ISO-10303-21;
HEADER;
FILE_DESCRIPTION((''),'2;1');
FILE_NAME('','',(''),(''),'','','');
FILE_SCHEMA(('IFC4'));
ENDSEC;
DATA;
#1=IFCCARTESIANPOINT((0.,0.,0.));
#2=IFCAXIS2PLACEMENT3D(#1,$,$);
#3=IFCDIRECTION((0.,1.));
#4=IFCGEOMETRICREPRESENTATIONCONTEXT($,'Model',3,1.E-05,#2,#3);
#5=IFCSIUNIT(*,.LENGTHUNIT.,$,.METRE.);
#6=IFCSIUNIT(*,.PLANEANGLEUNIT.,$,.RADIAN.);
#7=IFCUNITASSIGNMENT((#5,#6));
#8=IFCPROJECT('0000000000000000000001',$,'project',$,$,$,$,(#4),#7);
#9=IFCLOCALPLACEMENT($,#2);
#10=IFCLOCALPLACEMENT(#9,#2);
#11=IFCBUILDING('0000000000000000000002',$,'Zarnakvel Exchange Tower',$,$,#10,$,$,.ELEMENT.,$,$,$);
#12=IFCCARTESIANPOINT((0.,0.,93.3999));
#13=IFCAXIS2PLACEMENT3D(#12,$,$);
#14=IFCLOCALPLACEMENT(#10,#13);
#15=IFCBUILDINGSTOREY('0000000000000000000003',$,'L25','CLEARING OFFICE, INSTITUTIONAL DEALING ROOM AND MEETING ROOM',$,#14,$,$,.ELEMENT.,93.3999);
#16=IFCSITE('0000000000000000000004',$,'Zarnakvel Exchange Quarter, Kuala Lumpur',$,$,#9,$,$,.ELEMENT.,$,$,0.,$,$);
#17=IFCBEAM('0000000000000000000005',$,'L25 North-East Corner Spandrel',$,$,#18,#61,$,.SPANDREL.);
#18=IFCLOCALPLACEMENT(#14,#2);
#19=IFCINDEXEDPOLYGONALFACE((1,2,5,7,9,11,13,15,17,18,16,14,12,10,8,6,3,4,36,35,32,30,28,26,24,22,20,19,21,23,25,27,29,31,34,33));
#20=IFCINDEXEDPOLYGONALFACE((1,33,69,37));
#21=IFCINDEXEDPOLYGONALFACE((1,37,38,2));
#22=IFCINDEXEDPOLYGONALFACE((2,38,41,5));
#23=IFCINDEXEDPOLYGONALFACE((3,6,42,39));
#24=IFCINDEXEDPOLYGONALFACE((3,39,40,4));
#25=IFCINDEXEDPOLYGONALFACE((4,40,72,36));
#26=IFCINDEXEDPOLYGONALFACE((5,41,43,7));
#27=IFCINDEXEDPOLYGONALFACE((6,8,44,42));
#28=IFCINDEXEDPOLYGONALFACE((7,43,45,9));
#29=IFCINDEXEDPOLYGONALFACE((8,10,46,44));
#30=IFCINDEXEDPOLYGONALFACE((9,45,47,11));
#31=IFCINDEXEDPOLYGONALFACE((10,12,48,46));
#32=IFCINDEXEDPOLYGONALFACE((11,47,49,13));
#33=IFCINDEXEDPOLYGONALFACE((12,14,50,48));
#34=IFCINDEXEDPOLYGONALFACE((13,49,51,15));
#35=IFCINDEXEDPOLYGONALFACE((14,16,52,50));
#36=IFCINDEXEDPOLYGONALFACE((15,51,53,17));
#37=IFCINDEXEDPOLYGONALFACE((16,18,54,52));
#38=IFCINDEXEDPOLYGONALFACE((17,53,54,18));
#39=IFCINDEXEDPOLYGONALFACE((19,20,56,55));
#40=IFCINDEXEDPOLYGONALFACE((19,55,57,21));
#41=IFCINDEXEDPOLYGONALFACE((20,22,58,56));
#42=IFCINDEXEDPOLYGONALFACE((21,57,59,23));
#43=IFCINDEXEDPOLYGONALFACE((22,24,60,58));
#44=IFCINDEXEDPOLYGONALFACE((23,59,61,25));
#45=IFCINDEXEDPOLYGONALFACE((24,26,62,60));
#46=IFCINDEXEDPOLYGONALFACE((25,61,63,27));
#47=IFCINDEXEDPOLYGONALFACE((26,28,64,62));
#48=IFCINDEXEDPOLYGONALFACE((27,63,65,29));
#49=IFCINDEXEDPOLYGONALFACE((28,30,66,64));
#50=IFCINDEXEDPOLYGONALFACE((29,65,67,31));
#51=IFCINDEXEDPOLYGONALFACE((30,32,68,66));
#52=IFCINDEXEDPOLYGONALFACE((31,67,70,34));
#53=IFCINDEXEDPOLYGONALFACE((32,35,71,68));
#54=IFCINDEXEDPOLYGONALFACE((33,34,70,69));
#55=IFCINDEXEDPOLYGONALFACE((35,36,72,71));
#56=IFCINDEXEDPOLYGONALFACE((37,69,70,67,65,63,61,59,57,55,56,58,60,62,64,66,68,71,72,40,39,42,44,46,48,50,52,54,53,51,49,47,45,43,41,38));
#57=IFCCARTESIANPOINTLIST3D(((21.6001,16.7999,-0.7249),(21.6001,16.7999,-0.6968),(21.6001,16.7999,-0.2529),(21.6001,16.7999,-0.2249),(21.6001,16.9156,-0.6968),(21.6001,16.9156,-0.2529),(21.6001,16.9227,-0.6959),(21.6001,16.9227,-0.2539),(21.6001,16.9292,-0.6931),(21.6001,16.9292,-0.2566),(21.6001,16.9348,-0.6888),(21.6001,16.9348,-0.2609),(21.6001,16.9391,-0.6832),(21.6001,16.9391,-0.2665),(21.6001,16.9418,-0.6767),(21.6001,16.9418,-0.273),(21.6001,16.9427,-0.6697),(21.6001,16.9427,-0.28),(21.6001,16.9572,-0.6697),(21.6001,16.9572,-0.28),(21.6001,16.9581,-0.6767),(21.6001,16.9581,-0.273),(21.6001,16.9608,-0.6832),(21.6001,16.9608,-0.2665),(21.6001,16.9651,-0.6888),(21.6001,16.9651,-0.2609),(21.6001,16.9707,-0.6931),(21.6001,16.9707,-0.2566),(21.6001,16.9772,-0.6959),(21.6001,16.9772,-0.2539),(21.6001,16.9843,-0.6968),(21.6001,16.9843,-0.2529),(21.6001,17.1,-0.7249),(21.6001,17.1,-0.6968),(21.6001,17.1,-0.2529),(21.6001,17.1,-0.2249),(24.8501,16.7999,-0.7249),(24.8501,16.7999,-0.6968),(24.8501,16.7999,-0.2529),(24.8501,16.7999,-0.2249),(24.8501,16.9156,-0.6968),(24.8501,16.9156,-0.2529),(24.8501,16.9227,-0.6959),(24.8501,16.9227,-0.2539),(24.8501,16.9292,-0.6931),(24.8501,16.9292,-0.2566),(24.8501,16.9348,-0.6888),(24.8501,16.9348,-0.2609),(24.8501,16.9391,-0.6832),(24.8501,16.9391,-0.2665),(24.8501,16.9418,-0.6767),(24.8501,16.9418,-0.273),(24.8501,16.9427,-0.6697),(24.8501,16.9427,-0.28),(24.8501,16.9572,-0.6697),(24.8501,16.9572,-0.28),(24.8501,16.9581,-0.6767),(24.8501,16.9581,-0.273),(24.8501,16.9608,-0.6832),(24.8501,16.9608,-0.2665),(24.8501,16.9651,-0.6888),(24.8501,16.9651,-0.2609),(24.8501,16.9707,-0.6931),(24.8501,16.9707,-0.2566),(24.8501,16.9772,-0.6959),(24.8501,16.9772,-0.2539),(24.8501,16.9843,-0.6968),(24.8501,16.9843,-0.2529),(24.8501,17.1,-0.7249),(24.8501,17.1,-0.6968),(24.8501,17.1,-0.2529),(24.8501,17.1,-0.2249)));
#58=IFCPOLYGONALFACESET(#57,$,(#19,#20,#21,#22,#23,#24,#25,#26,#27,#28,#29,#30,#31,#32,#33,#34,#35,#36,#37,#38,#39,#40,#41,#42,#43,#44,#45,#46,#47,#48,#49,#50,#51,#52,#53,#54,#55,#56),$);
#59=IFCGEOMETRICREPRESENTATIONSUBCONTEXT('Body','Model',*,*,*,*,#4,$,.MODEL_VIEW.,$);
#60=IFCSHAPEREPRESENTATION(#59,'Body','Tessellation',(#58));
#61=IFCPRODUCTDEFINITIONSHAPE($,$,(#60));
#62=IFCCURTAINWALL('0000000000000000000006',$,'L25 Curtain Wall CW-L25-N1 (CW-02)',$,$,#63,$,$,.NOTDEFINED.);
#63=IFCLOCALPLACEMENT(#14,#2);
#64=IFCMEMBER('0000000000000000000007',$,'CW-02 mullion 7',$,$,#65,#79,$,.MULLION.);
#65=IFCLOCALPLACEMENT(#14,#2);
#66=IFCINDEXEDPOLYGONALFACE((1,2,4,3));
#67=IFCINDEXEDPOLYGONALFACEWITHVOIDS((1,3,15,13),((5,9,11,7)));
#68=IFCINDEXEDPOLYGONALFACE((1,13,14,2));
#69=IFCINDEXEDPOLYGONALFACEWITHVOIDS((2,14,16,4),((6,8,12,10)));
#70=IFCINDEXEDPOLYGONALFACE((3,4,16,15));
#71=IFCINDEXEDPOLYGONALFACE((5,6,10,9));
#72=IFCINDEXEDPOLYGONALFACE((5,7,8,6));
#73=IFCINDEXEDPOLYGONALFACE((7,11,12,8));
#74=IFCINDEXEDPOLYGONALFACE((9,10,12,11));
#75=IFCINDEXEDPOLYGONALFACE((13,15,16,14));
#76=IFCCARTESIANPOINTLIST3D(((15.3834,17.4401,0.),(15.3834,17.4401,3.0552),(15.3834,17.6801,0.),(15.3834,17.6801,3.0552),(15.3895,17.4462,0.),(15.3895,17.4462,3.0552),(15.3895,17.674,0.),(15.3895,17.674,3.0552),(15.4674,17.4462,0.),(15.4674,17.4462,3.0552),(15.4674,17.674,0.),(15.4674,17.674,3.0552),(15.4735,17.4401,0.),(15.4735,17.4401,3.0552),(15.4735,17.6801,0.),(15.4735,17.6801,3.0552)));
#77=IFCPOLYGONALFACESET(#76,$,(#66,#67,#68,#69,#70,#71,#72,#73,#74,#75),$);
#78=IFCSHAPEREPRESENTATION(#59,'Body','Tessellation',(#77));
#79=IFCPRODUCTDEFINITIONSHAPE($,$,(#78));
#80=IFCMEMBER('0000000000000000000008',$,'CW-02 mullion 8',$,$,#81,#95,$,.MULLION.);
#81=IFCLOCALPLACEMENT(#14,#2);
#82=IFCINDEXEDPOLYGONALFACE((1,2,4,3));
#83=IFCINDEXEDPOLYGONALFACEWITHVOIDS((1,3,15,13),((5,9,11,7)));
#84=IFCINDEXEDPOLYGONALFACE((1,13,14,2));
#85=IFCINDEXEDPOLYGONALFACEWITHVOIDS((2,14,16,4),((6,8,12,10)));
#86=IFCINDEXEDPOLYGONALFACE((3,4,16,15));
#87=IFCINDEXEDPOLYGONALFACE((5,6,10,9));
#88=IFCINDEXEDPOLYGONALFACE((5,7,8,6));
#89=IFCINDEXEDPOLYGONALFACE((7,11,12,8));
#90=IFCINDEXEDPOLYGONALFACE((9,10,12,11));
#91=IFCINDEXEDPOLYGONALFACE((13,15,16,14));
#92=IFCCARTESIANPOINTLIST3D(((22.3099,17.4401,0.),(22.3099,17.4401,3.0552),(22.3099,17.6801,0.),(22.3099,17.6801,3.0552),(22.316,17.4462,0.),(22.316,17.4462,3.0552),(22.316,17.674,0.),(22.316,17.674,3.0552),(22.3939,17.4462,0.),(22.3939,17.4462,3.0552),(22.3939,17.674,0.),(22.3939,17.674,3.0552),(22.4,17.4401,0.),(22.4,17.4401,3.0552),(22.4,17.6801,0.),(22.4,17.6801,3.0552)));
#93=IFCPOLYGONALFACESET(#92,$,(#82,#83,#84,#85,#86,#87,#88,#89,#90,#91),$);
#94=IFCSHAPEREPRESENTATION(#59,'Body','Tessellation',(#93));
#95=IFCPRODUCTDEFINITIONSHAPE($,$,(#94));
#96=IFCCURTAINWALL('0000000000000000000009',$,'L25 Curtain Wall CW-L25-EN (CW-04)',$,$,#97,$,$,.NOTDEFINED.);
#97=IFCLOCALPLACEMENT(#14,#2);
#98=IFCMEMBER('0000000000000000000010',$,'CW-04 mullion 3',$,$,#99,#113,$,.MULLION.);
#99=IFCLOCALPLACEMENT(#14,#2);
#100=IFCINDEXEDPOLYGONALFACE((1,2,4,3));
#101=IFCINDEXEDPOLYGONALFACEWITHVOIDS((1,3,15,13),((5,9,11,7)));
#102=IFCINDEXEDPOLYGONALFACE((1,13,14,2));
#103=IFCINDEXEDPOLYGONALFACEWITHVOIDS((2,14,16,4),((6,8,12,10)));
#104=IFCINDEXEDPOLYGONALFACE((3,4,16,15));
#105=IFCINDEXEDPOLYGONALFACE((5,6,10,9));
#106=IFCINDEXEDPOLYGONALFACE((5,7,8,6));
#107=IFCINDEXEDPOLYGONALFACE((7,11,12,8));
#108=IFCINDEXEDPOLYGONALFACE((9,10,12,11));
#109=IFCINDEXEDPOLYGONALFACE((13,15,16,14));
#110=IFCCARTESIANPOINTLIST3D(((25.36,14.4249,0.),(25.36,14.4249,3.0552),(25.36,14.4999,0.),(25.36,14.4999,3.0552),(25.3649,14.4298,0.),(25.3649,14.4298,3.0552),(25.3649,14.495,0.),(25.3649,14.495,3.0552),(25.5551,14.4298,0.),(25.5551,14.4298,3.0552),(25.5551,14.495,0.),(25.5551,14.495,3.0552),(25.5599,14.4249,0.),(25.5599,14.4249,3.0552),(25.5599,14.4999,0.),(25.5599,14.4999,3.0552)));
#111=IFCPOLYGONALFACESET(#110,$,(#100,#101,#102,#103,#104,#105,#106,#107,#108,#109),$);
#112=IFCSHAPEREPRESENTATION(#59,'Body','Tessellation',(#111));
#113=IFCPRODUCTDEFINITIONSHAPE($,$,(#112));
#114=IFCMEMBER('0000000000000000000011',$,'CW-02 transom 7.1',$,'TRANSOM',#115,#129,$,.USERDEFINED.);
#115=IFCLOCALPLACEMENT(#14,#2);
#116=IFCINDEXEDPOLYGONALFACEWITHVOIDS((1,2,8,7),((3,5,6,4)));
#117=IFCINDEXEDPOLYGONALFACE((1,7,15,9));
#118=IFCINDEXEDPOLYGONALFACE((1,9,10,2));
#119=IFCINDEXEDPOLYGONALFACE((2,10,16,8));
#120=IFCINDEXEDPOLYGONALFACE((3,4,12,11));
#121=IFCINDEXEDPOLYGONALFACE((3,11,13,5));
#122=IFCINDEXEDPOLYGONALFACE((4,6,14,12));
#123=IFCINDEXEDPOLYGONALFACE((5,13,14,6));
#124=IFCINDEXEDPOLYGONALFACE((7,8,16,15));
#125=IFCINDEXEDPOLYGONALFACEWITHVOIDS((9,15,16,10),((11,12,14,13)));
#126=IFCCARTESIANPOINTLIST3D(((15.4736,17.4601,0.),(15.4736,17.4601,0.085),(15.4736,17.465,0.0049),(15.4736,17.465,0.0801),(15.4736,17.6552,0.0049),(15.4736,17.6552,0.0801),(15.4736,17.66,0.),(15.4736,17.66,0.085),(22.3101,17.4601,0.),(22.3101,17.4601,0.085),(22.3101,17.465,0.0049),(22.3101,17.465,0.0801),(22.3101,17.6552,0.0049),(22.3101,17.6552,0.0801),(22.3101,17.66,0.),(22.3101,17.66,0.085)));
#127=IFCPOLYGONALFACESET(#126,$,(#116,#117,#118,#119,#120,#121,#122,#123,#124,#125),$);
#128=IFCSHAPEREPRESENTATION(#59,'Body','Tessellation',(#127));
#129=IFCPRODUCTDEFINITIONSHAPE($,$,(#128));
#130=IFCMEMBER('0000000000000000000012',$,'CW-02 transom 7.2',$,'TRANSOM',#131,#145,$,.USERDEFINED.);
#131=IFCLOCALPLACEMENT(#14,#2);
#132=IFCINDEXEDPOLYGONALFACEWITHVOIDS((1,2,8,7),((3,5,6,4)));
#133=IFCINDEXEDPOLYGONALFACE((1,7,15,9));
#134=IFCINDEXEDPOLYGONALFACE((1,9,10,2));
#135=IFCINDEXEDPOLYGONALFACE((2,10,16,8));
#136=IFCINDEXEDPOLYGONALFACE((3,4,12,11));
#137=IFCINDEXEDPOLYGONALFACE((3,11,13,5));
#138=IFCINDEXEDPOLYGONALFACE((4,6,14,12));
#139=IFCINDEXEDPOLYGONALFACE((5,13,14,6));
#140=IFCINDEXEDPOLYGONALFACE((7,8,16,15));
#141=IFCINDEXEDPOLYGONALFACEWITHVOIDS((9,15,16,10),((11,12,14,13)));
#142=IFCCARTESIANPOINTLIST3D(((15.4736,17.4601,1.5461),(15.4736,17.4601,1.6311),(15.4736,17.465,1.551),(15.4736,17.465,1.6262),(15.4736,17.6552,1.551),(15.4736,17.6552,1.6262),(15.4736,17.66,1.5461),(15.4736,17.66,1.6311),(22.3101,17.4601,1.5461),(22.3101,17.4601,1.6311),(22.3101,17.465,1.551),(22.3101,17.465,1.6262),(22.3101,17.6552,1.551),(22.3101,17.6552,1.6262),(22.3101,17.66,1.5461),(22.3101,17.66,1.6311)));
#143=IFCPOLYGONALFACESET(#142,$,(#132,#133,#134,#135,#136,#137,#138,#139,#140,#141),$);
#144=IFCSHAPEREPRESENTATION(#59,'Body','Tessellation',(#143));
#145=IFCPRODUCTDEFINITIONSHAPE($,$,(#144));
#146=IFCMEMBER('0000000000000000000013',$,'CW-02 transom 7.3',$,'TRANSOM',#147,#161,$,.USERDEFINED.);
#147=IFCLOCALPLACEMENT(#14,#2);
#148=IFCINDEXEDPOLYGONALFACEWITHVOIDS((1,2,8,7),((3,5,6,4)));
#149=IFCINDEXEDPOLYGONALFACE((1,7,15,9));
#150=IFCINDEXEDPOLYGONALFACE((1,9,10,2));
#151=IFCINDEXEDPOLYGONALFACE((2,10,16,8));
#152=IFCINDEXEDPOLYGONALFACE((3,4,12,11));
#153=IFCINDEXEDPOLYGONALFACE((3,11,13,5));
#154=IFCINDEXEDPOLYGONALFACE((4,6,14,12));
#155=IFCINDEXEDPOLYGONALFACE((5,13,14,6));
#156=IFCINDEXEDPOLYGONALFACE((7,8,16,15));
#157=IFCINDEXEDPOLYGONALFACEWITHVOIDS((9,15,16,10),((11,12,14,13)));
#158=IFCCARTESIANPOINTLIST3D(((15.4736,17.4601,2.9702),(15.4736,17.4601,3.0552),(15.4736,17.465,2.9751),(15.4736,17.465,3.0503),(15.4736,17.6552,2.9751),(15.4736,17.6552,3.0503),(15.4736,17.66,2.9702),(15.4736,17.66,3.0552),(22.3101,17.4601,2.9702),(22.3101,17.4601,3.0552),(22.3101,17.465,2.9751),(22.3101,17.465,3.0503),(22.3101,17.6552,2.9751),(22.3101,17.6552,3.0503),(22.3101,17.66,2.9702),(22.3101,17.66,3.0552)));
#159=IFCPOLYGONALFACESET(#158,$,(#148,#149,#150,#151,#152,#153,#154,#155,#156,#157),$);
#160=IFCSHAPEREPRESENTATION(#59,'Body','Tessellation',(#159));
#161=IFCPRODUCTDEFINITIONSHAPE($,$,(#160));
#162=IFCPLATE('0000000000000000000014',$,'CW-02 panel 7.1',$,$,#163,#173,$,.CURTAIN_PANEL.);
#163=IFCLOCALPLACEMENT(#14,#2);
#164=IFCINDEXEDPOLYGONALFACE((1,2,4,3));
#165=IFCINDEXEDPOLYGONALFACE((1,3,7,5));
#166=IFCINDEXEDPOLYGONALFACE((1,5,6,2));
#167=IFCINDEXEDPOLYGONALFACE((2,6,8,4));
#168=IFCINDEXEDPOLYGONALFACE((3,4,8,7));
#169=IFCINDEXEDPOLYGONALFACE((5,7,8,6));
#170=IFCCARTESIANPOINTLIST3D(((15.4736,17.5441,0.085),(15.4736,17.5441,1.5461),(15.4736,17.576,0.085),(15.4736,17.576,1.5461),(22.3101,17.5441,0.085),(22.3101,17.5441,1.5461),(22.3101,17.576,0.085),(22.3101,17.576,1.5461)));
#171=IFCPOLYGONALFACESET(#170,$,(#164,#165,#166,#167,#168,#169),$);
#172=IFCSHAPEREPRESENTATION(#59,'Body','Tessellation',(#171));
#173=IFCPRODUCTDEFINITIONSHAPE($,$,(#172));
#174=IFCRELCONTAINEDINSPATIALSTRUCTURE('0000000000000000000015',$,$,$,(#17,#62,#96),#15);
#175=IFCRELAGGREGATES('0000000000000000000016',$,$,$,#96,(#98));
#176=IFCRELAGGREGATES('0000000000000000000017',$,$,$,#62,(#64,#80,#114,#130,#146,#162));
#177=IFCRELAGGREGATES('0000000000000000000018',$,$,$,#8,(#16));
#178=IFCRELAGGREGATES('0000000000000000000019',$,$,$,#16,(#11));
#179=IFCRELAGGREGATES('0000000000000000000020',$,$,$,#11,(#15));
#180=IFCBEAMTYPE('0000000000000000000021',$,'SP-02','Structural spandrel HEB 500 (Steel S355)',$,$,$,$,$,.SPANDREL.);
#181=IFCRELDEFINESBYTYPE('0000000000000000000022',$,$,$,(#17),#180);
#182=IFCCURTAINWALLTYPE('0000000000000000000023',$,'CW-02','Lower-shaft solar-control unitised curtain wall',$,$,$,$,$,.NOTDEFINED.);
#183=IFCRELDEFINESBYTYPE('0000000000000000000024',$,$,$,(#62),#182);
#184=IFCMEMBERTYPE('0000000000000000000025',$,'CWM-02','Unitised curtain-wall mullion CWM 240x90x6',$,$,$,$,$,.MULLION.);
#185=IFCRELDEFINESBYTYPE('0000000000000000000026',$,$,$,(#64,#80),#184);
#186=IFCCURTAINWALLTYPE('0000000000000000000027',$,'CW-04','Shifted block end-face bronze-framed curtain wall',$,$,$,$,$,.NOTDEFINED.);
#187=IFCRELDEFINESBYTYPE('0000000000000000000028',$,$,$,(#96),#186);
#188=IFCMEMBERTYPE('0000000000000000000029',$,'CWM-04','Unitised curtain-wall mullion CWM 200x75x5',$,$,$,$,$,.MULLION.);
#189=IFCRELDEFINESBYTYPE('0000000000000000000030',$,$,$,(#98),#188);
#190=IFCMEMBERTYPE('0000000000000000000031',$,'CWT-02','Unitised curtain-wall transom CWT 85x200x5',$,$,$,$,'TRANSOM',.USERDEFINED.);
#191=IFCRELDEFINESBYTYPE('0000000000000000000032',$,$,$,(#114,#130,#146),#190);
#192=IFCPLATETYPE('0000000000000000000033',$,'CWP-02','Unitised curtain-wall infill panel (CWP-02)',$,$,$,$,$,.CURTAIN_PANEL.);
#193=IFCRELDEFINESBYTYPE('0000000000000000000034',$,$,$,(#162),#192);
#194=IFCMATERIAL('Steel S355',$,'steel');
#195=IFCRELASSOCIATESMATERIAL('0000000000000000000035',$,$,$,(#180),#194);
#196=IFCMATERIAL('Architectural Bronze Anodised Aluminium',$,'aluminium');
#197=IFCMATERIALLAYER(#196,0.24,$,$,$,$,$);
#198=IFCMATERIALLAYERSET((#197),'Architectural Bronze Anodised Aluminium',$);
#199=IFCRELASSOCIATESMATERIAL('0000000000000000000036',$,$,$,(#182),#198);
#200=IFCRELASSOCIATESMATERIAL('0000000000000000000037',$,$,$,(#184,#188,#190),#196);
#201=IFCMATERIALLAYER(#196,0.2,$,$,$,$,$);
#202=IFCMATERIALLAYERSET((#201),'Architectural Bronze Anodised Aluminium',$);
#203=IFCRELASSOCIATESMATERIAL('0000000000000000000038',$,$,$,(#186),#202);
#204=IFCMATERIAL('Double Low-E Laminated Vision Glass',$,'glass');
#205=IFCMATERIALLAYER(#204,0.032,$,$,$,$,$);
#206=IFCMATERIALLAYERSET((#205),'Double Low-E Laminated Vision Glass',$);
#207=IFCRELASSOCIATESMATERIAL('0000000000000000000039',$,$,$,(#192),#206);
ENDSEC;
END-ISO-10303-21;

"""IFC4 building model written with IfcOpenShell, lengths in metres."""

from ifc_helpers import new_model, si_unit, direction, frame, origin, origin_2d, place, context, subcontext, project, spatial, rectangle, hollow_rectangle, i_section, extrude, source, transform, mapped, material, layer, layer_set, material_profile, profile_set, type_object, element, aggregate, save


model = new_model("IFC4")

# Units and contexts
model_context = context("Model", 3, precision=1e-05, world=origin(), true_north=direction((0.0, 1.0)))
body_context = subcontext(model_context, "Body", "Model", "MODEL_VIEW")
ifc_project = project(units=[si_unit("LENGTHUNIT", "METRE"), si_unit("PLANEANGLEUNIT", "RADIAN")], contexts=[model_context])

# Site, building, storey
site_placement = place(None, origin())
site = spatial("IfcSite", under=ifc_project, at=site_placement, Name="Zarnakvel Exchange Quarter, Kuala Lumpur", CompositionType="ELEMENT", RefElevation=0.0)
building_placement = place(site_placement, origin())
building = spatial("IfcBuilding", under=site, at=building_placement, Name="Zarnakvel Exchange Tower", CompositionType="ELEMENT")
storey_placement = place(building_placement, frame((0.0, 0.0, 93.3999)))
storey = spatial("IfcBuildingStorey", under=building, at=storey_placement, Name="L25", Description="CLEARING OFFICE, INSTITUTIONAL DEALING ROOM AND MEETING ROOM", CompositionType="ELEMENT", Elevation=93.3999)

# Shared definitions
ifc_material_1 = material(Name="Steel S355", Category="steel")

# Beam
ifc_material_profile_1 = material_profile(ifc_material_1, i_section(OverallWidth=0.3, OverallDepth=0.5, WebThickness=0.0144, FlangeThickness=0.0281, FilletRadius=0.0271, at=origin_2d()))
ifc_profile_set_1 = profile_set([ifc_material_profile_1], Name="Steel S355")
beam_type_1 = type_object("IfcBeamType", Name="SP-02", Description="Structural spandrel HEB 500 (Steel S355)", PredefinedType="SPANDREL", material=ifc_profile_set_1)
beam_1_placement = place(storey_placement, frame((21.6001, 16.95, -0.4749), z_axis=(1.0, 0.0, 0.0), x_axis=(0.0, 1.0, 0.0)))
element("IfcBeam", 1, at=beam_1_placement, inside=storey, type_object=beam_type_1, Name="L25 North-East Corner Spandrel", PredefinedType="SPANDREL", context=body_context, shape_type="SweptSolid", body=[
    extrude(i_section(OverallWidth=0.3, OverallDepth=0.5, WebThickness=0.0144, FlangeThickness=0.0281, FilletRadius=0.0271, at=origin_2d()), origin(), (0.0, 0.0, 1.0), 3.25),
])

# Curtain wall, members
ifc_material_2 = material(Name="Architectural Bronze Anodised Aluminium", Category="aluminium")
ifc_layer_1 = layer(ifc_material_2, 0.24)
ifc_layer_set_1 = layer_set([ifc_layer_1], Name="Architectural Bronze Anodised Aluminium")
curtain_wall_type_1 = type_object("IfcCurtainWallType", Name="CW-02", Description="Lower-shaft solar-control unitised curtain wall", PredefinedType="NOTDEFINED", material=ifc_layer_set_1)
curtain_wall_1_placement = place(storey_placement, origin())
curtain_wall_1 = element("IfcCurtainWall", 2, at=curtain_wall_1_placement, inside=storey, type_object=curtain_wall_type_1, Name="L25 Curtain Wall CW-L25-N1 (CW-02)", PredefinedType="NOTDEFINED")
ifc_material_profile_2 = material_profile(ifc_material_2, hollow_rectangle(XDim=0.24, YDim=0.0901, WallThickness=0.0061, at=origin_2d()))
ifc_profile_set_2 = profile_set([ifc_material_profile_2], Name="Architectural Bronze Anodised Aluminium")
member_type_1 = type_object("IfcMemberType", Name="CWM-02", Description="Unitised curtain-wall mullion CWM 240x90x6", PredefinedType="MULLION", material=ifc_profile_set_2)
shared_shape_1 = source(origin(), body_context, "Body", "SweptSolid", [
    extrude(hollow_rectangle(XDim=0.24, YDim=0.0901, WallThickness=0.0061, at=origin_2d()), origin(), (0.0, 0.0, 1.0), 3.0552),
])
member_1_placement = place(storey_placement, frame((15.4285, 17.5601, 0.0), z_axis=(0.0, 0.0, 1.0), x_axis=(0.0, 1.0, 0.0)))
member_1 = element("IfcMember", 3, at=member_1_placement, type_object=member_type_1, Name="CW-02 mullion 7", PredefinedType="MULLION", context=body_context, shape_type="MappedRepresentation", body=[
    mapped(shared_shape_1, transform((0.0, 0.0, 0.0), x_axis=(1.0, 0.0, 0.0), y_axis=(0.0, 1.0, 0.0), z_axis=(0.0, 0.0, 1.0), scale=1.0)),
])
member_2_placement = place(storey_placement, frame((22.355, 17.5601, 0.0), z_axis=(0.0, 0.0, 1.0), x_axis=(0.0, 1.0, 0.0)))
member_2 = element("IfcMember", 4, at=member_2_placement, type_object=member_type_1, Name="CW-02 mullion 8", PredefinedType="MULLION", context=body_context, shape_type="MappedRepresentation", body=[
    mapped(shared_shape_1, transform((0.0, 0.0, 0.0), x_axis=(1.0, 0.0, 0.0), y_axis=(0.0, 1.0, 0.0), z_axis=(0.0, 0.0, 1.0), scale=1.0)),
])

# Curtain wall, member
ifc_layer_2 = layer(ifc_material_2, 0.2)
ifc_layer_set_2 = layer_set([ifc_layer_2], Name="Architectural Bronze Anodised Aluminium")
curtain_wall_type_2 = type_object("IfcCurtainWallType", Name="CW-04", Description="Shifted block end-face bronze-framed curtain wall", PredefinedType="NOTDEFINED", material=ifc_layer_set_2)
curtain_wall_2_placement = place(storey_placement, origin())
curtain_wall_2 = element("IfcCurtainWall", 5, at=curtain_wall_2_placement, inside=storey, type_object=curtain_wall_type_2, Name="L25 Curtain Wall CW-L25-EN (CW-04)", PredefinedType="NOTDEFINED")
ifc_material_profile_3 = material_profile(ifc_material_2, hollow_rectangle(XDim=0.2, YDim=0.075, WallThickness=0.0049, at=origin_2d()))
ifc_profile_set_3 = profile_set([ifc_material_profile_3], Name="Architectural Bronze Anodised Aluminium")
member_type_2 = type_object("IfcMemberType", Name="CWM-04", Description="Unitised curtain-wall mullion CWM 200x75x5", PredefinedType="MULLION", material=ifc_profile_set_3)
shared_shape_2 = source(origin(), body_context, "Body", "SweptSolid", [
    extrude(hollow_rectangle(XDim=0.2, YDim=0.075, WallThickness=0.0049, at=origin_2d()), origin(), (0.0, 0.0, 1.0), 3.0552),
])
member_3_placement = place(storey_placement, frame((25.46, 14.4624, 0.0), z_axis=(0.0, 0.0, 1.0), x_axis=(-1.0, 0.0, 0.0)))
member_3 = element("IfcMember", 6, at=member_3_placement, type_object=member_type_2, Name="CW-04 mullion 3", PredefinedType="MULLION", context=body_context, shape_type="MappedRepresentation", body=[
    mapped(shared_shape_2, transform((0.0, 0.0, 0.0), x_axis=(1.0, 0.0, 0.0), y_axis=(0.0, 1.0, 0.0), z_axis=(0.0, 0.0, 1.0), scale=1.0)),
])
aggregate(curtain_wall_2, [member_3])

# Members
ifc_material_profile_4 = material_profile(ifc_material_2, hollow_rectangle(XDim=0.2, YDim=0.085, WallThickness=0.0049, at=origin_2d()))
ifc_profile_set_4 = profile_set([ifc_material_profile_4], Name="Architectural Bronze Anodised Aluminium")
member_type_3 = type_object("IfcMemberType", Name="CWT-02", Description="Unitised curtain-wall transom CWT 85x200x5", ElementType="TRANSOM", PredefinedType="USERDEFINED", material=ifc_profile_set_4)
shared_shape_3 = source(origin(), body_context, "Body", "SweptSolid", [
    extrude(hollow_rectangle(XDim=0.2, YDim=0.085, WallThickness=0.0049, at=origin_2d()), origin(), (0.0, 0.0, 1.0), 6.8364),
])
member_4_placement = place(storey_placement, frame((15.4736, 17.5601, 0.0425), z_axis=(1.0, 0.0, 0.0), x_axis=(0.0, 1.0, 0.0)))
member_4 = element("IfcMember", 7, at=member_4_placement, type_object=member_type_3, Name="CW-02 transom 7.1", ObjectType="TRANSOM", PredefinedType="USERDEFINED", context=body_context, shape_type="MappedRepresentation", body=[
    mapped(shared_shape_3, transform((0.0, 0.0, 0.0), x_axis=(1.0, 0.0, 0.0), y_axis=(0.0, 1.0, 0.0), z_axis=(0.0, 0.0, 1.0), scale=1.0)),
])
member_5_placement = place(storey_placement, frame((15.4736, 17.5601, 1.5886), z_axis=(1.0, 0.0, 0.0), x_axis=(0.0, 1.0, 0.0)))
member_5 = element("IfcMember", 8, at=member_5_placement, type_object=member_type_3, Name="CW-02 transom 7.2", ObjectType="TRANSOM", PredefinedType="USERDEFINED", context=body_context, shape_type="MappedRepresentation", body=[
    mapped(shared_shape_3, transform((0.0, 0.0, 0.0), x_axis=(1.0, 0.0, 0.0), y_axis=(0.0, 1.0, 0.0), z_axis=(0.0, 0.0, 1.0), scale=1.0)),
])
member_6_placement = place(storey_placement, frame((15.4736, 17.5601, 3.0127), z_axis=(1.0, 0.0, 0.0), x_axis=(0.0, 1.0, 0.0)))
member_6 = element("IfcMember", 9, at=member_6_placement, type_object=member_type_3, Name="CW-02 transom 7.3", ObjectType="TRANSOM", PredefinedType="USERDEFINED", context=body_context, shape_type="MappedRepresentation", body=[
    mapped(shared_shape_3, transform((0.0, 0.0, 0.0), x_axis=(1.0, 0.0, 0.0), y_axis=(0.0, 1.0, 0.0), z_axis=(0.0, 0.0, 1.0), scale=1.0)),
])

# Plate
ifc_material_3 = material(Name="Double Low-E Laminated Vision Glass", Category="glass")
ifc_layer_3 = layer(ifc_material_3, 0.032)
ifc_layer_set_3 = layer_set([ifc_layer_3], Name="Double Low-E Laminated Vision Glass")
plate_type = type_object("IfcPlateType", Name="CWP-02", Description="Unitised curtain-wall infill panel (CWP-02)", PredefinedType="CURTAIN_PANEL", material=ifc_layer_set_3)
shared_shape_4 = source(origin(), body_context, "Body", "SweptSolid", [
    extrude(rectangle(XDim=6.8364, YDim=0.032, at=origin_2d()), origin(), (0.0, 0.0, 1.0), 1.4612),
])
plate_1_placement = place(storey_placement, frame((18.8918, 17.5601, 0.085), z_axis=(0.0, 0.0, 1.0), x_axis=(1.0, 0.0, 0.0)))
plate_1 = element("IfcPlate", 10, at=plate_1_placement, type_object=plate_type, Name="CW-02 panel 7.1", PredefinedType="CURTAIN_PANEL", context=body_context, shape_type="MappedRepresentation", body=[
    mapped(shared_shape_4, transform((0.0, 0.0, 0.0), x_axis=(1.0, 0.0, 0.0), y_axis=(0.0, 1.0, 0.0), z_axis=(0.0, 0.0, 1.0), scale=1.0)),
])
aggregate(curtain_wall_1, [member_1, member_2, member_4, member_5, member_6, plate_1])

save(model, "model.ifc")
